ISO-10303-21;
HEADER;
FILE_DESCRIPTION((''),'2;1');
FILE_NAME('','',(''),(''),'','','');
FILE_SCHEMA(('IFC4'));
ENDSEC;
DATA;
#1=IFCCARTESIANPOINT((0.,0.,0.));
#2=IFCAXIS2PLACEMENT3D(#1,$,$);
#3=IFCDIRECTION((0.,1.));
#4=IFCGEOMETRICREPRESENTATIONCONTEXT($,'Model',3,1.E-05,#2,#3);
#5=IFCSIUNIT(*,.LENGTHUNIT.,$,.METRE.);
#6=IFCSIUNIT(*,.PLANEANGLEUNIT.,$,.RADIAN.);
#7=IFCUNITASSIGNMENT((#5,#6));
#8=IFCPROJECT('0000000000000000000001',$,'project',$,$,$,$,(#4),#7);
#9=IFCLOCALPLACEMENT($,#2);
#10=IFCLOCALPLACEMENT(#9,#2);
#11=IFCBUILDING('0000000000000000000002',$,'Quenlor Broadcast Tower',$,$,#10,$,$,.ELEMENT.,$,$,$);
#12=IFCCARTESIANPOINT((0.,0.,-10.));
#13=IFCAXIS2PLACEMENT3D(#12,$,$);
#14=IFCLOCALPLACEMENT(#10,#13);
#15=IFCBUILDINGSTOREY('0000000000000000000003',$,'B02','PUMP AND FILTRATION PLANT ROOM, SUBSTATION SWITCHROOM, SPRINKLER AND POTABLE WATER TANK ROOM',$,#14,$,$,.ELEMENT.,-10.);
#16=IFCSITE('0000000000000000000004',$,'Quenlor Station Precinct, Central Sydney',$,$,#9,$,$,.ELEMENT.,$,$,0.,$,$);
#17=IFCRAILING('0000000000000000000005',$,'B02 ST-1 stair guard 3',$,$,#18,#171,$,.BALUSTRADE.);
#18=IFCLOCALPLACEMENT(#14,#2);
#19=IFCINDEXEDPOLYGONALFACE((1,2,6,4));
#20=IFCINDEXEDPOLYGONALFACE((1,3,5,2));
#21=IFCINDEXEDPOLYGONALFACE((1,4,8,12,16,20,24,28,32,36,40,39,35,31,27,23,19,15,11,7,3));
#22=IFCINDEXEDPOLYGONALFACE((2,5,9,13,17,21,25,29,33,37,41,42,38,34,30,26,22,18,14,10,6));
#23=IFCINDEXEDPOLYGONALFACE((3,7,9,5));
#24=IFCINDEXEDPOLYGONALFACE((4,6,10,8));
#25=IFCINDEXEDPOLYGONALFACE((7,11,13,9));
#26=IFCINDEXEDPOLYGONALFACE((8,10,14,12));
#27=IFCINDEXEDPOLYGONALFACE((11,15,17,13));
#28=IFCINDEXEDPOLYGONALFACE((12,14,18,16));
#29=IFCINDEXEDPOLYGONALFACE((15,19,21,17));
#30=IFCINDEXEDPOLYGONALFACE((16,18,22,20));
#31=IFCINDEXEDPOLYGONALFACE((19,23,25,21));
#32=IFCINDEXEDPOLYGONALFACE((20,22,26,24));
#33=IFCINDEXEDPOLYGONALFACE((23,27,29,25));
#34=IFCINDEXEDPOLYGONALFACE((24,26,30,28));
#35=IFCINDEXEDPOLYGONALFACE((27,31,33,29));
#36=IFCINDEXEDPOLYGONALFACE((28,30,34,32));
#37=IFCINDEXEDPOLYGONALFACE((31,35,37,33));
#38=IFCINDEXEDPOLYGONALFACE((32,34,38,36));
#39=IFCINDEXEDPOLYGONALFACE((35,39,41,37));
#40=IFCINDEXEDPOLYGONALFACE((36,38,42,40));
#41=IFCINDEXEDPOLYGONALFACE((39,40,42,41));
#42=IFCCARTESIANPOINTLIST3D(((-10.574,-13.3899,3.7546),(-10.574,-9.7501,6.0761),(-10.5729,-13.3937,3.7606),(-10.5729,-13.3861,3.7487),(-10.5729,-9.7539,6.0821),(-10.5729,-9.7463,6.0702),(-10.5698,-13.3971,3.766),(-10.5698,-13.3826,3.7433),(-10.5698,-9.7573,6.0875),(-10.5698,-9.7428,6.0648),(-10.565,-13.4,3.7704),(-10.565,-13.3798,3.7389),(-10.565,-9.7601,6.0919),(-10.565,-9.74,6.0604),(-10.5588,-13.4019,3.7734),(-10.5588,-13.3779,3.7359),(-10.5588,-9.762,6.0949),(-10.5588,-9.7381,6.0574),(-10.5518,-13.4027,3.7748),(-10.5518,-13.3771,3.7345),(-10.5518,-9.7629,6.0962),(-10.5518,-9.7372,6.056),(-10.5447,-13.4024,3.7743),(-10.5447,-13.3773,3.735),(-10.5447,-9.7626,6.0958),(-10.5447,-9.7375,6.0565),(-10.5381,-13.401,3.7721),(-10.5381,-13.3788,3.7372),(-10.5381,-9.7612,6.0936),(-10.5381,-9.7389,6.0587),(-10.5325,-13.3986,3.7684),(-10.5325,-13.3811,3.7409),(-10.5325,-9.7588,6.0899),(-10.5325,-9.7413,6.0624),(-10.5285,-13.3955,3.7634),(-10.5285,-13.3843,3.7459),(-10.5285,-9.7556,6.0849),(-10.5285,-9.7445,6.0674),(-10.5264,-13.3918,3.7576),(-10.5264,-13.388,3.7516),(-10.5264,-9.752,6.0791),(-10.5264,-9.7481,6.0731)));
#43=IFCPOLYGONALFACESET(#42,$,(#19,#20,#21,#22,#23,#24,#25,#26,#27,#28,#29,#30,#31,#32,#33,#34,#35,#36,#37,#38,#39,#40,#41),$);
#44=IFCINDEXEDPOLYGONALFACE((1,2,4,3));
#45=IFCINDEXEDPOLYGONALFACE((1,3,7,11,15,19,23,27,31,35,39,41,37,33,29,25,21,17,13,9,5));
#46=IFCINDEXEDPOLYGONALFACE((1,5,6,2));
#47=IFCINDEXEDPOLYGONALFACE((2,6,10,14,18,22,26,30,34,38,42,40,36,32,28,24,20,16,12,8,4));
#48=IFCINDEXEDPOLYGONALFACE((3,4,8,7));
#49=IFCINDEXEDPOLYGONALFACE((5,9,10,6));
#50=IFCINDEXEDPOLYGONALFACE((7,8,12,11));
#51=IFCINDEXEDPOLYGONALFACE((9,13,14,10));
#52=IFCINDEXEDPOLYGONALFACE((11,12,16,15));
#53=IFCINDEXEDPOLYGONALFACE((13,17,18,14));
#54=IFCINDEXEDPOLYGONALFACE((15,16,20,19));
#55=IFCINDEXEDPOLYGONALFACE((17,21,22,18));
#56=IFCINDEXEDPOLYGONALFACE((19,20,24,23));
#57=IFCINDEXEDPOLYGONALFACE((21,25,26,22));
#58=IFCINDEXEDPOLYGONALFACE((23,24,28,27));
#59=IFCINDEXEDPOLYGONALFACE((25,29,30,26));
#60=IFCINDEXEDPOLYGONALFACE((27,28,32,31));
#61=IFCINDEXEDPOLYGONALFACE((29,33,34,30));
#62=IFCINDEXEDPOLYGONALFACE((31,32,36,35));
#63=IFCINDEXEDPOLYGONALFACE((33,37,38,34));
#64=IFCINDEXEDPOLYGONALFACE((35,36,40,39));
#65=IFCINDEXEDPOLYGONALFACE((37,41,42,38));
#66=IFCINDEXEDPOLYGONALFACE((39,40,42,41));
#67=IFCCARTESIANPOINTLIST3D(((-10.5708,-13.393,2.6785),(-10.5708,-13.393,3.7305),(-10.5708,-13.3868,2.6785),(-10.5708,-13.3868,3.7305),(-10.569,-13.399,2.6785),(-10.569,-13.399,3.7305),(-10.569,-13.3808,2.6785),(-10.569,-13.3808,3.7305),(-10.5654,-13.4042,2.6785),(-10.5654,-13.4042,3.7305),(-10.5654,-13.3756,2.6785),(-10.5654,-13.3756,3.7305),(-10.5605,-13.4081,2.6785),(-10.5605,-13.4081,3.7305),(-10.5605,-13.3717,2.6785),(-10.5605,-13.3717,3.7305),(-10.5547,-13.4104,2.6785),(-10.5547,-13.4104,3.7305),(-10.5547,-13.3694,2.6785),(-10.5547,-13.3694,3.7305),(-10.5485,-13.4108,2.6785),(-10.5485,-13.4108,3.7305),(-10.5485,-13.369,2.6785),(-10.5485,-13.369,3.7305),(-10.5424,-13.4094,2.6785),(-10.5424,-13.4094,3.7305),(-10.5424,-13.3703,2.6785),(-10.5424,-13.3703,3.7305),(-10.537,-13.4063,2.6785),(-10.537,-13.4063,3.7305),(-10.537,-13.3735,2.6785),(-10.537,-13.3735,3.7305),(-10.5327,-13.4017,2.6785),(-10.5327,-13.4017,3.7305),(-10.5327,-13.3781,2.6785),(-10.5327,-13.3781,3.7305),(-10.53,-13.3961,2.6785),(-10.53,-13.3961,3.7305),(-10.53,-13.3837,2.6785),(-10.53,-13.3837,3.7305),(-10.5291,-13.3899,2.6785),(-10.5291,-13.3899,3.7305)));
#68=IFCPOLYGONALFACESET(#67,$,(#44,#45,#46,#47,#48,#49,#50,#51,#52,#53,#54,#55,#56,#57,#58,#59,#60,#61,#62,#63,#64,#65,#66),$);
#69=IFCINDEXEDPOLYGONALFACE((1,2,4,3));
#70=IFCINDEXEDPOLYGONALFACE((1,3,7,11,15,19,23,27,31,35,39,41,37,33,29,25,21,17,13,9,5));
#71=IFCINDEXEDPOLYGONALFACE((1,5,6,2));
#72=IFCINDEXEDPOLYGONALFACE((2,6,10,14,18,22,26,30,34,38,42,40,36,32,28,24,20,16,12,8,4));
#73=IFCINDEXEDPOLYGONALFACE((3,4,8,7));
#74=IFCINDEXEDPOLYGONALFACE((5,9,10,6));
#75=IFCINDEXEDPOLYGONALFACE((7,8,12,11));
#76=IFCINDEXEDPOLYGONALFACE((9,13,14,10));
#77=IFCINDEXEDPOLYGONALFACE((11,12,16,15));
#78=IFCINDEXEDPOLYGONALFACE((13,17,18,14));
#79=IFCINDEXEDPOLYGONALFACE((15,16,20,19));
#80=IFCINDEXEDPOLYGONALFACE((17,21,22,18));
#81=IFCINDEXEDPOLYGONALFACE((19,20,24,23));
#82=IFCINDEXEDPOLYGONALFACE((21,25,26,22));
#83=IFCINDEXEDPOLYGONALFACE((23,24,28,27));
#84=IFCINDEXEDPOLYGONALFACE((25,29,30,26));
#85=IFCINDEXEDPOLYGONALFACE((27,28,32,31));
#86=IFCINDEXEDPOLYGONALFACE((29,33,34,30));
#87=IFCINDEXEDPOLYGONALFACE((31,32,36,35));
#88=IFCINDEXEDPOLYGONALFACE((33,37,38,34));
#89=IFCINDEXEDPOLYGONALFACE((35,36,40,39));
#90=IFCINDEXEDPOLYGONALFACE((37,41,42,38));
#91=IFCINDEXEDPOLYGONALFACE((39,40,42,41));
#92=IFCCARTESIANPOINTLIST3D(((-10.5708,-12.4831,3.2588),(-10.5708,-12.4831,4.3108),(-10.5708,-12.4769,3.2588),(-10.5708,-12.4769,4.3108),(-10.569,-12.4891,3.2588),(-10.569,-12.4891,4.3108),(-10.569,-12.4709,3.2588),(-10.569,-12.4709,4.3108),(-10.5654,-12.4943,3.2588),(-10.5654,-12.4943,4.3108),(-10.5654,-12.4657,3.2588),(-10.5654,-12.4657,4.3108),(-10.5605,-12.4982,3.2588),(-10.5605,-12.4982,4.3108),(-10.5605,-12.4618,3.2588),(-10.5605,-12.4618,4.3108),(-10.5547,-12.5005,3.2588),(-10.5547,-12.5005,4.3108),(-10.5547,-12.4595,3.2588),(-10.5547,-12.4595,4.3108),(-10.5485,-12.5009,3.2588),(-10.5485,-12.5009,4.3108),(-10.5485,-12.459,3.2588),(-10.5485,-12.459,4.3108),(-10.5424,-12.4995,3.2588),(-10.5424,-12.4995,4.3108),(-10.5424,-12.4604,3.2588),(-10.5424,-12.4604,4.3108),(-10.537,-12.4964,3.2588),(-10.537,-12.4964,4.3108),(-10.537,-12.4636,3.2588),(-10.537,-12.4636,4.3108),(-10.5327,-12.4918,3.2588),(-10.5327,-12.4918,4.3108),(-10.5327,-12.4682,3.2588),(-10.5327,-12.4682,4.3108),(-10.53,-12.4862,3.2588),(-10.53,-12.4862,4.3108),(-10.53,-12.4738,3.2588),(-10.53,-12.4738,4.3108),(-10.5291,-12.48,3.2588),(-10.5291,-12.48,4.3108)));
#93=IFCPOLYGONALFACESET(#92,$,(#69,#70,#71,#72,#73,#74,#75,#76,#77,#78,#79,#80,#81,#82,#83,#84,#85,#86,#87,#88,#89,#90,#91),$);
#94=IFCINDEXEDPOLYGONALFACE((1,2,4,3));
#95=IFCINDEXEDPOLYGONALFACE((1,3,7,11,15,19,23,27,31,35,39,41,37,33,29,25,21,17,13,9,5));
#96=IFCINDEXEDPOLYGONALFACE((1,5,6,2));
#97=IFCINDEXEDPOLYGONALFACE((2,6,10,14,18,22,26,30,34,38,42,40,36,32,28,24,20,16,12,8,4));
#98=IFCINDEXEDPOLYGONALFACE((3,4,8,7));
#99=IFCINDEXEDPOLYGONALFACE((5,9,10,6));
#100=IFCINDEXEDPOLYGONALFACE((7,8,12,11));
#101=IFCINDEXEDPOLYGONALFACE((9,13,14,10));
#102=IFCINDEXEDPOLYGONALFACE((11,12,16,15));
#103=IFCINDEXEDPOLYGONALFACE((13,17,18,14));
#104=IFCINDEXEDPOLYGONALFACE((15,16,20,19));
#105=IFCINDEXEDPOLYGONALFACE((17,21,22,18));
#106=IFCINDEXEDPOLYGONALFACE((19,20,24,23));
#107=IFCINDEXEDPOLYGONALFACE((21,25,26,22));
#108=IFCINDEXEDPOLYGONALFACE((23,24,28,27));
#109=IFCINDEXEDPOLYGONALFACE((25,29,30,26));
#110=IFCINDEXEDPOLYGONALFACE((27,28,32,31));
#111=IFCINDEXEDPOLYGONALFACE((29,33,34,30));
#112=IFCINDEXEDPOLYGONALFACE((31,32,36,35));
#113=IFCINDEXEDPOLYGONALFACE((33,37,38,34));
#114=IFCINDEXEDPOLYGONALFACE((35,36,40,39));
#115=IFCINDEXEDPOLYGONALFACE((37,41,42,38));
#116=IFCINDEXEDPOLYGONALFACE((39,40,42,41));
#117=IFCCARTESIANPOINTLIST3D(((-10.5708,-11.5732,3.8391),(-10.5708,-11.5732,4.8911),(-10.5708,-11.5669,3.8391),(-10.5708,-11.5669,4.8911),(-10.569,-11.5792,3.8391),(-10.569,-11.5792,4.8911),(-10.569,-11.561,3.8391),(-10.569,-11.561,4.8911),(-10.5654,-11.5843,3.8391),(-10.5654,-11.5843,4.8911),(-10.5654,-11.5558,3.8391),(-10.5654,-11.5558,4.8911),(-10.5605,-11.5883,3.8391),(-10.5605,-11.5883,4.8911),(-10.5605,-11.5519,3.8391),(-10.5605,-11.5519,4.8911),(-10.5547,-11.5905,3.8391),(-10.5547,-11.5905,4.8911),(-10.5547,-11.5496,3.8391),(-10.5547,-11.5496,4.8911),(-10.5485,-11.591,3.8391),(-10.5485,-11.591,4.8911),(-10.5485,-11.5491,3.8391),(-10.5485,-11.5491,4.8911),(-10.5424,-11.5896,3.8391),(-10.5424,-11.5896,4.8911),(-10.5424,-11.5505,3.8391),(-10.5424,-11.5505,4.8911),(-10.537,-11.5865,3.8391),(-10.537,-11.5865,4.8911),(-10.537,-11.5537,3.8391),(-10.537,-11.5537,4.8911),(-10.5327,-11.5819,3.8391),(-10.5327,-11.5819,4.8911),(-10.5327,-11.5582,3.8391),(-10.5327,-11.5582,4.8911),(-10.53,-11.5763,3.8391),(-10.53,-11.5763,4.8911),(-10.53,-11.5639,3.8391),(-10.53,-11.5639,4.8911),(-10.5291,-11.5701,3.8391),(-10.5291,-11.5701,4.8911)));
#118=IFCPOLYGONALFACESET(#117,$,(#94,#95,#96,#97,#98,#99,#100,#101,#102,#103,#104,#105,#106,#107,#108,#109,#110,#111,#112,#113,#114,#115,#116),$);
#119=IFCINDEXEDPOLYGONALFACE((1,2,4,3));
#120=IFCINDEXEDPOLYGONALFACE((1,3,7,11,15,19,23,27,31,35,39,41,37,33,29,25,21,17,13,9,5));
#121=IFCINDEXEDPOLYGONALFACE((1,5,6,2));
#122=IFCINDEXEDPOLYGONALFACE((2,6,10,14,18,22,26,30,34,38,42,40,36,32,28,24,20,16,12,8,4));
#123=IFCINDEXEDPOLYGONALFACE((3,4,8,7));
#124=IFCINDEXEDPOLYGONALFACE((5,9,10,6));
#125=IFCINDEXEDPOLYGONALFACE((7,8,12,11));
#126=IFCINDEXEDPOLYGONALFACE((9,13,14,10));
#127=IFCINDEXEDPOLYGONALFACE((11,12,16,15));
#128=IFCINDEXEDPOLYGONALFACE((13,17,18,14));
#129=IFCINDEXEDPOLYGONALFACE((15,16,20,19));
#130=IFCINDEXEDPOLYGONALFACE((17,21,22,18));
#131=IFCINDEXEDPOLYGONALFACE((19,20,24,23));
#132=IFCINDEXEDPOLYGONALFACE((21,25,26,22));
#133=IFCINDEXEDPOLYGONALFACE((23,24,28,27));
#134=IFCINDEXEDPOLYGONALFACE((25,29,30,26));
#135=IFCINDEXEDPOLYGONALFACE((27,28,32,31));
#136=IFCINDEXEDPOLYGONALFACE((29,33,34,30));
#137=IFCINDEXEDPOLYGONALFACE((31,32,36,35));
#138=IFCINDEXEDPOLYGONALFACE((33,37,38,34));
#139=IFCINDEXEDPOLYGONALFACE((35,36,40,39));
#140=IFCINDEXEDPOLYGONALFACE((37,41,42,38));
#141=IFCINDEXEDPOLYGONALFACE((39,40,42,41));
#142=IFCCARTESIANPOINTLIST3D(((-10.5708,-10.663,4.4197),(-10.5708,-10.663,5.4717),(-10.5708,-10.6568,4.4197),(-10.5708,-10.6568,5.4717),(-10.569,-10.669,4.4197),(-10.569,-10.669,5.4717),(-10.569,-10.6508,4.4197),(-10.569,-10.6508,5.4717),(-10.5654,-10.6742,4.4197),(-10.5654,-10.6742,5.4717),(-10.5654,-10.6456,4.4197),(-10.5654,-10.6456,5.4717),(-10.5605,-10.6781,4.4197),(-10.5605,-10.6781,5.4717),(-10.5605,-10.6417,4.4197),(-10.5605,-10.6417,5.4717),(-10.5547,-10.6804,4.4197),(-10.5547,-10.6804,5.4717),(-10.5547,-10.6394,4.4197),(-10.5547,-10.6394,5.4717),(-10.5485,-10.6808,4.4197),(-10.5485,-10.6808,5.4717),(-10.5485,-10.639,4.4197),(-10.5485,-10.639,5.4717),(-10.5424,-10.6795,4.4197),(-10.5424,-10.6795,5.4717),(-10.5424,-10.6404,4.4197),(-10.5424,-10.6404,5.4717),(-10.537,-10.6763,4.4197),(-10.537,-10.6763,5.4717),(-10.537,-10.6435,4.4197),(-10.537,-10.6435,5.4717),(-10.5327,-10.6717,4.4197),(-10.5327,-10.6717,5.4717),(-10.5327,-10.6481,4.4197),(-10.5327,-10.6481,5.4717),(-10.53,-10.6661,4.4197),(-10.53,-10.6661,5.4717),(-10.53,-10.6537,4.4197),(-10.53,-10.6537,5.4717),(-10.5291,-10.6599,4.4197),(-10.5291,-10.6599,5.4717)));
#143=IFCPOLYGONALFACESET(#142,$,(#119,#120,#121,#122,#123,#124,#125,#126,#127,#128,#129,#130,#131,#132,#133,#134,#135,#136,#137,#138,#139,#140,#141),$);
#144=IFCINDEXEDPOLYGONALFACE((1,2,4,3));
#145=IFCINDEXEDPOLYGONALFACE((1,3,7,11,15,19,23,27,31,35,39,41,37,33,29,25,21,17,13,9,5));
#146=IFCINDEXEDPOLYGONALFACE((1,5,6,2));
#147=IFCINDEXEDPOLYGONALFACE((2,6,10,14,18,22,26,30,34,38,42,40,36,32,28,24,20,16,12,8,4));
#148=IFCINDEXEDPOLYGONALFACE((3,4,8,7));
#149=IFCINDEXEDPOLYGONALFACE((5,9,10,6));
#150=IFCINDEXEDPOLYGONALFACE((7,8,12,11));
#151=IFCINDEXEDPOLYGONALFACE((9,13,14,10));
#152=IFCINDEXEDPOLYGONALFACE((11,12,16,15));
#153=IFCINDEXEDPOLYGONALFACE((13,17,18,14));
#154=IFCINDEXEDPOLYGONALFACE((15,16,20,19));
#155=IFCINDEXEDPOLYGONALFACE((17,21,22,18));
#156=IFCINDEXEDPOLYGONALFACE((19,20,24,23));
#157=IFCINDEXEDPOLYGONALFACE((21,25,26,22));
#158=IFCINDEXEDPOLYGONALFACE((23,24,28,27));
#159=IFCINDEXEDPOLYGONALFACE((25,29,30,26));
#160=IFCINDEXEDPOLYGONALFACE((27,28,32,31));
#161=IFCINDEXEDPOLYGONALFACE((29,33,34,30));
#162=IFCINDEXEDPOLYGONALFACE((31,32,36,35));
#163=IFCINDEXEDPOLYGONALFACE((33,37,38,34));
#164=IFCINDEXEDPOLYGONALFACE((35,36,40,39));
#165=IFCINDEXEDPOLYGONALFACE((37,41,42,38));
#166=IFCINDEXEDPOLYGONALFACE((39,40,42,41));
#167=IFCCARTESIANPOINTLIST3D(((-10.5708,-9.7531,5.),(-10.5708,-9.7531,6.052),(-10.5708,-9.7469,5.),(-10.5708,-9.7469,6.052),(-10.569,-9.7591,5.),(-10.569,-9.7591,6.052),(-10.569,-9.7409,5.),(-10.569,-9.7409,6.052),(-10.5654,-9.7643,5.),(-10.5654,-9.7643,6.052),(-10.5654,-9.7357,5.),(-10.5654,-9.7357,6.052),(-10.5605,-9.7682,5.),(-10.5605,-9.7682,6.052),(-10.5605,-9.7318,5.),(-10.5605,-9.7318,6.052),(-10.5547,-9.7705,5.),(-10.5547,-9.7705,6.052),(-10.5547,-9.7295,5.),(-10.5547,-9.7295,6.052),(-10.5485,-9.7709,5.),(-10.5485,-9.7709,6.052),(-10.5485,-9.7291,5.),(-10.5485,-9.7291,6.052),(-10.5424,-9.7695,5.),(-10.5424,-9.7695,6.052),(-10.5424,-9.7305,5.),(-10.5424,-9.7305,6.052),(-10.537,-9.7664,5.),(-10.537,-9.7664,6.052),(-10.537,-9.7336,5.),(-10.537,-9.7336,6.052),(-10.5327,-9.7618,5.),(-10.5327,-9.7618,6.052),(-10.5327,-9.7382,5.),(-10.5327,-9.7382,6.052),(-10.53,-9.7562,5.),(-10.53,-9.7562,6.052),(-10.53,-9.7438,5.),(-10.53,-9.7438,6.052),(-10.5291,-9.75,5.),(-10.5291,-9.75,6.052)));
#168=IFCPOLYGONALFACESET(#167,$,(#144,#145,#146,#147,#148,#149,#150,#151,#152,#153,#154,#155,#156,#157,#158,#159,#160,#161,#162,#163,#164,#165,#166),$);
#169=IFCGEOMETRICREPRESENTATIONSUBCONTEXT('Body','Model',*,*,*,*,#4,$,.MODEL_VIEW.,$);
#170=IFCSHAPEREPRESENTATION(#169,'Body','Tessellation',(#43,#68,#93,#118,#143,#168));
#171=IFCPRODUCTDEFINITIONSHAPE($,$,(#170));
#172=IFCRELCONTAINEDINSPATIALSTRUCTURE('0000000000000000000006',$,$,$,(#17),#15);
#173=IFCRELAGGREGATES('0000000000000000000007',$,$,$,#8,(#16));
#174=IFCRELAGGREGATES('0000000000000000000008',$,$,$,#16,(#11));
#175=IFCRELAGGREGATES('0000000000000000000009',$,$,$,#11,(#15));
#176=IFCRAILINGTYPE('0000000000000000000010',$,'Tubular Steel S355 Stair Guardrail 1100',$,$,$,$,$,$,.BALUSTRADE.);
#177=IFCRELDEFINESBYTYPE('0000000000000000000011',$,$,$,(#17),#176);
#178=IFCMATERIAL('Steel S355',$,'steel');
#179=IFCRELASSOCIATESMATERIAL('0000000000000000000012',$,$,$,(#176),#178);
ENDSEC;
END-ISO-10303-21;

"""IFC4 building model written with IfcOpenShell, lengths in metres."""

from ifc_helpers import new_model, si_unit, direction, frame, origin, origin_2d, place, context, subcontext, project, spatial, circle, extrude, material, type_object, element, save


model = new_model("IFC4")

# Units and contexts
model_context = context("Model", 3, precision=1e-05, world=origin(), true_north=direction((0.0, 1.0)))
body_context = subcontext(model_context, "Body", "Model", "MODEL_VIEW")
ifc_project = project(units=[si_unit("LENGTHUNIT", "METRE"), si_unit("PLANEANGLEUNIT", "RADIAN")], contexts=[model_context])

# Site, building, storey
site_placement = place(None, origin())
site = spatial("IfcSite", under=ifc_project, at=site_placement, Name="Quenlor Station Precinct, Central Sydney", CompositionType="ELEMENT", RefElevation=0.0)
building_placement = place(site_placement, origin())
building = spatial("IfcBuilding", under=site, at=building_placement, Name="Quenlor Broadcast Tower", CompositionType="ELEMENT")
storey_placement = place(building_placement, frame((0.0, 0.0, -10.0)))
storey = spatial("IfcBuildingStorey", under=building, at=storey_placement, Name="B02", Description="PUMP AND FILTRATION PLANT ROOM, SUBSTATION SWITCHROOM, SPRINKLER AND POTABLE WATER TANK ROOM", CompositionType="ELEMENT", Elevation=-10.0)

# Railing
ifc_material_1 = material(Name="Steel S355", Category="steel")
railing_type_1 = type_object("IfcRailingType", Name="Tubular Steel S355 Stair Guardrail 1100", PredefinedType="BALUSTRADE", material=ifc_material_1)
railing_1_placement = place(storey_placement, frame((-10.55, -13.3899, 2.6785)))
element("IfcRailing", 1, at=railing_1_placement, inside=storey, type_object=railing_type_1, Name="B02 ST-1 stair guard 3", PredefinedType="BALUSTRADE", context=body_context, shape_type="SweptSolid", body=[
    extrude(circle(Radius=0.0239, at=origin_2d()), frame((0.0, 0.0, 1.0762), z_axis=(0.0, 0.843112, 0.537739), x_axis=(-1.0, 0.0, 0.0)), (0.0, 0.0, 1.0), 4.3171),
    extrude(circle(Radius=0.021, at=origin_2d()), origin(), (0.0, 0.0, 1.0), 1.052),
    extrude(circle(Radius=0.021, at=origin_2d()), frame((0.0, 0.9099, 0.5803)), (0.0, 0.0, 1.0), 1.052),
    extrude(circle(Radius=0.021, at=origin_2d()), frame((0.0, 1.8198, 1.1606)), (0.0, 0.0, 1.0), 1.052),
    extrude(circle(Radius=0.021, at=origin_2d()), frame((0.0, 2.73, 1.7412)), (0.0, 0.0, 1.0), 1.052),
    extrude(circle(Radius=0.021, at=origin_2d()), frame((0.0, 3.6399, 2.3215)), (0.0, 0.0, 1.0), 1.052),
])

save(model, "model.ifc")
